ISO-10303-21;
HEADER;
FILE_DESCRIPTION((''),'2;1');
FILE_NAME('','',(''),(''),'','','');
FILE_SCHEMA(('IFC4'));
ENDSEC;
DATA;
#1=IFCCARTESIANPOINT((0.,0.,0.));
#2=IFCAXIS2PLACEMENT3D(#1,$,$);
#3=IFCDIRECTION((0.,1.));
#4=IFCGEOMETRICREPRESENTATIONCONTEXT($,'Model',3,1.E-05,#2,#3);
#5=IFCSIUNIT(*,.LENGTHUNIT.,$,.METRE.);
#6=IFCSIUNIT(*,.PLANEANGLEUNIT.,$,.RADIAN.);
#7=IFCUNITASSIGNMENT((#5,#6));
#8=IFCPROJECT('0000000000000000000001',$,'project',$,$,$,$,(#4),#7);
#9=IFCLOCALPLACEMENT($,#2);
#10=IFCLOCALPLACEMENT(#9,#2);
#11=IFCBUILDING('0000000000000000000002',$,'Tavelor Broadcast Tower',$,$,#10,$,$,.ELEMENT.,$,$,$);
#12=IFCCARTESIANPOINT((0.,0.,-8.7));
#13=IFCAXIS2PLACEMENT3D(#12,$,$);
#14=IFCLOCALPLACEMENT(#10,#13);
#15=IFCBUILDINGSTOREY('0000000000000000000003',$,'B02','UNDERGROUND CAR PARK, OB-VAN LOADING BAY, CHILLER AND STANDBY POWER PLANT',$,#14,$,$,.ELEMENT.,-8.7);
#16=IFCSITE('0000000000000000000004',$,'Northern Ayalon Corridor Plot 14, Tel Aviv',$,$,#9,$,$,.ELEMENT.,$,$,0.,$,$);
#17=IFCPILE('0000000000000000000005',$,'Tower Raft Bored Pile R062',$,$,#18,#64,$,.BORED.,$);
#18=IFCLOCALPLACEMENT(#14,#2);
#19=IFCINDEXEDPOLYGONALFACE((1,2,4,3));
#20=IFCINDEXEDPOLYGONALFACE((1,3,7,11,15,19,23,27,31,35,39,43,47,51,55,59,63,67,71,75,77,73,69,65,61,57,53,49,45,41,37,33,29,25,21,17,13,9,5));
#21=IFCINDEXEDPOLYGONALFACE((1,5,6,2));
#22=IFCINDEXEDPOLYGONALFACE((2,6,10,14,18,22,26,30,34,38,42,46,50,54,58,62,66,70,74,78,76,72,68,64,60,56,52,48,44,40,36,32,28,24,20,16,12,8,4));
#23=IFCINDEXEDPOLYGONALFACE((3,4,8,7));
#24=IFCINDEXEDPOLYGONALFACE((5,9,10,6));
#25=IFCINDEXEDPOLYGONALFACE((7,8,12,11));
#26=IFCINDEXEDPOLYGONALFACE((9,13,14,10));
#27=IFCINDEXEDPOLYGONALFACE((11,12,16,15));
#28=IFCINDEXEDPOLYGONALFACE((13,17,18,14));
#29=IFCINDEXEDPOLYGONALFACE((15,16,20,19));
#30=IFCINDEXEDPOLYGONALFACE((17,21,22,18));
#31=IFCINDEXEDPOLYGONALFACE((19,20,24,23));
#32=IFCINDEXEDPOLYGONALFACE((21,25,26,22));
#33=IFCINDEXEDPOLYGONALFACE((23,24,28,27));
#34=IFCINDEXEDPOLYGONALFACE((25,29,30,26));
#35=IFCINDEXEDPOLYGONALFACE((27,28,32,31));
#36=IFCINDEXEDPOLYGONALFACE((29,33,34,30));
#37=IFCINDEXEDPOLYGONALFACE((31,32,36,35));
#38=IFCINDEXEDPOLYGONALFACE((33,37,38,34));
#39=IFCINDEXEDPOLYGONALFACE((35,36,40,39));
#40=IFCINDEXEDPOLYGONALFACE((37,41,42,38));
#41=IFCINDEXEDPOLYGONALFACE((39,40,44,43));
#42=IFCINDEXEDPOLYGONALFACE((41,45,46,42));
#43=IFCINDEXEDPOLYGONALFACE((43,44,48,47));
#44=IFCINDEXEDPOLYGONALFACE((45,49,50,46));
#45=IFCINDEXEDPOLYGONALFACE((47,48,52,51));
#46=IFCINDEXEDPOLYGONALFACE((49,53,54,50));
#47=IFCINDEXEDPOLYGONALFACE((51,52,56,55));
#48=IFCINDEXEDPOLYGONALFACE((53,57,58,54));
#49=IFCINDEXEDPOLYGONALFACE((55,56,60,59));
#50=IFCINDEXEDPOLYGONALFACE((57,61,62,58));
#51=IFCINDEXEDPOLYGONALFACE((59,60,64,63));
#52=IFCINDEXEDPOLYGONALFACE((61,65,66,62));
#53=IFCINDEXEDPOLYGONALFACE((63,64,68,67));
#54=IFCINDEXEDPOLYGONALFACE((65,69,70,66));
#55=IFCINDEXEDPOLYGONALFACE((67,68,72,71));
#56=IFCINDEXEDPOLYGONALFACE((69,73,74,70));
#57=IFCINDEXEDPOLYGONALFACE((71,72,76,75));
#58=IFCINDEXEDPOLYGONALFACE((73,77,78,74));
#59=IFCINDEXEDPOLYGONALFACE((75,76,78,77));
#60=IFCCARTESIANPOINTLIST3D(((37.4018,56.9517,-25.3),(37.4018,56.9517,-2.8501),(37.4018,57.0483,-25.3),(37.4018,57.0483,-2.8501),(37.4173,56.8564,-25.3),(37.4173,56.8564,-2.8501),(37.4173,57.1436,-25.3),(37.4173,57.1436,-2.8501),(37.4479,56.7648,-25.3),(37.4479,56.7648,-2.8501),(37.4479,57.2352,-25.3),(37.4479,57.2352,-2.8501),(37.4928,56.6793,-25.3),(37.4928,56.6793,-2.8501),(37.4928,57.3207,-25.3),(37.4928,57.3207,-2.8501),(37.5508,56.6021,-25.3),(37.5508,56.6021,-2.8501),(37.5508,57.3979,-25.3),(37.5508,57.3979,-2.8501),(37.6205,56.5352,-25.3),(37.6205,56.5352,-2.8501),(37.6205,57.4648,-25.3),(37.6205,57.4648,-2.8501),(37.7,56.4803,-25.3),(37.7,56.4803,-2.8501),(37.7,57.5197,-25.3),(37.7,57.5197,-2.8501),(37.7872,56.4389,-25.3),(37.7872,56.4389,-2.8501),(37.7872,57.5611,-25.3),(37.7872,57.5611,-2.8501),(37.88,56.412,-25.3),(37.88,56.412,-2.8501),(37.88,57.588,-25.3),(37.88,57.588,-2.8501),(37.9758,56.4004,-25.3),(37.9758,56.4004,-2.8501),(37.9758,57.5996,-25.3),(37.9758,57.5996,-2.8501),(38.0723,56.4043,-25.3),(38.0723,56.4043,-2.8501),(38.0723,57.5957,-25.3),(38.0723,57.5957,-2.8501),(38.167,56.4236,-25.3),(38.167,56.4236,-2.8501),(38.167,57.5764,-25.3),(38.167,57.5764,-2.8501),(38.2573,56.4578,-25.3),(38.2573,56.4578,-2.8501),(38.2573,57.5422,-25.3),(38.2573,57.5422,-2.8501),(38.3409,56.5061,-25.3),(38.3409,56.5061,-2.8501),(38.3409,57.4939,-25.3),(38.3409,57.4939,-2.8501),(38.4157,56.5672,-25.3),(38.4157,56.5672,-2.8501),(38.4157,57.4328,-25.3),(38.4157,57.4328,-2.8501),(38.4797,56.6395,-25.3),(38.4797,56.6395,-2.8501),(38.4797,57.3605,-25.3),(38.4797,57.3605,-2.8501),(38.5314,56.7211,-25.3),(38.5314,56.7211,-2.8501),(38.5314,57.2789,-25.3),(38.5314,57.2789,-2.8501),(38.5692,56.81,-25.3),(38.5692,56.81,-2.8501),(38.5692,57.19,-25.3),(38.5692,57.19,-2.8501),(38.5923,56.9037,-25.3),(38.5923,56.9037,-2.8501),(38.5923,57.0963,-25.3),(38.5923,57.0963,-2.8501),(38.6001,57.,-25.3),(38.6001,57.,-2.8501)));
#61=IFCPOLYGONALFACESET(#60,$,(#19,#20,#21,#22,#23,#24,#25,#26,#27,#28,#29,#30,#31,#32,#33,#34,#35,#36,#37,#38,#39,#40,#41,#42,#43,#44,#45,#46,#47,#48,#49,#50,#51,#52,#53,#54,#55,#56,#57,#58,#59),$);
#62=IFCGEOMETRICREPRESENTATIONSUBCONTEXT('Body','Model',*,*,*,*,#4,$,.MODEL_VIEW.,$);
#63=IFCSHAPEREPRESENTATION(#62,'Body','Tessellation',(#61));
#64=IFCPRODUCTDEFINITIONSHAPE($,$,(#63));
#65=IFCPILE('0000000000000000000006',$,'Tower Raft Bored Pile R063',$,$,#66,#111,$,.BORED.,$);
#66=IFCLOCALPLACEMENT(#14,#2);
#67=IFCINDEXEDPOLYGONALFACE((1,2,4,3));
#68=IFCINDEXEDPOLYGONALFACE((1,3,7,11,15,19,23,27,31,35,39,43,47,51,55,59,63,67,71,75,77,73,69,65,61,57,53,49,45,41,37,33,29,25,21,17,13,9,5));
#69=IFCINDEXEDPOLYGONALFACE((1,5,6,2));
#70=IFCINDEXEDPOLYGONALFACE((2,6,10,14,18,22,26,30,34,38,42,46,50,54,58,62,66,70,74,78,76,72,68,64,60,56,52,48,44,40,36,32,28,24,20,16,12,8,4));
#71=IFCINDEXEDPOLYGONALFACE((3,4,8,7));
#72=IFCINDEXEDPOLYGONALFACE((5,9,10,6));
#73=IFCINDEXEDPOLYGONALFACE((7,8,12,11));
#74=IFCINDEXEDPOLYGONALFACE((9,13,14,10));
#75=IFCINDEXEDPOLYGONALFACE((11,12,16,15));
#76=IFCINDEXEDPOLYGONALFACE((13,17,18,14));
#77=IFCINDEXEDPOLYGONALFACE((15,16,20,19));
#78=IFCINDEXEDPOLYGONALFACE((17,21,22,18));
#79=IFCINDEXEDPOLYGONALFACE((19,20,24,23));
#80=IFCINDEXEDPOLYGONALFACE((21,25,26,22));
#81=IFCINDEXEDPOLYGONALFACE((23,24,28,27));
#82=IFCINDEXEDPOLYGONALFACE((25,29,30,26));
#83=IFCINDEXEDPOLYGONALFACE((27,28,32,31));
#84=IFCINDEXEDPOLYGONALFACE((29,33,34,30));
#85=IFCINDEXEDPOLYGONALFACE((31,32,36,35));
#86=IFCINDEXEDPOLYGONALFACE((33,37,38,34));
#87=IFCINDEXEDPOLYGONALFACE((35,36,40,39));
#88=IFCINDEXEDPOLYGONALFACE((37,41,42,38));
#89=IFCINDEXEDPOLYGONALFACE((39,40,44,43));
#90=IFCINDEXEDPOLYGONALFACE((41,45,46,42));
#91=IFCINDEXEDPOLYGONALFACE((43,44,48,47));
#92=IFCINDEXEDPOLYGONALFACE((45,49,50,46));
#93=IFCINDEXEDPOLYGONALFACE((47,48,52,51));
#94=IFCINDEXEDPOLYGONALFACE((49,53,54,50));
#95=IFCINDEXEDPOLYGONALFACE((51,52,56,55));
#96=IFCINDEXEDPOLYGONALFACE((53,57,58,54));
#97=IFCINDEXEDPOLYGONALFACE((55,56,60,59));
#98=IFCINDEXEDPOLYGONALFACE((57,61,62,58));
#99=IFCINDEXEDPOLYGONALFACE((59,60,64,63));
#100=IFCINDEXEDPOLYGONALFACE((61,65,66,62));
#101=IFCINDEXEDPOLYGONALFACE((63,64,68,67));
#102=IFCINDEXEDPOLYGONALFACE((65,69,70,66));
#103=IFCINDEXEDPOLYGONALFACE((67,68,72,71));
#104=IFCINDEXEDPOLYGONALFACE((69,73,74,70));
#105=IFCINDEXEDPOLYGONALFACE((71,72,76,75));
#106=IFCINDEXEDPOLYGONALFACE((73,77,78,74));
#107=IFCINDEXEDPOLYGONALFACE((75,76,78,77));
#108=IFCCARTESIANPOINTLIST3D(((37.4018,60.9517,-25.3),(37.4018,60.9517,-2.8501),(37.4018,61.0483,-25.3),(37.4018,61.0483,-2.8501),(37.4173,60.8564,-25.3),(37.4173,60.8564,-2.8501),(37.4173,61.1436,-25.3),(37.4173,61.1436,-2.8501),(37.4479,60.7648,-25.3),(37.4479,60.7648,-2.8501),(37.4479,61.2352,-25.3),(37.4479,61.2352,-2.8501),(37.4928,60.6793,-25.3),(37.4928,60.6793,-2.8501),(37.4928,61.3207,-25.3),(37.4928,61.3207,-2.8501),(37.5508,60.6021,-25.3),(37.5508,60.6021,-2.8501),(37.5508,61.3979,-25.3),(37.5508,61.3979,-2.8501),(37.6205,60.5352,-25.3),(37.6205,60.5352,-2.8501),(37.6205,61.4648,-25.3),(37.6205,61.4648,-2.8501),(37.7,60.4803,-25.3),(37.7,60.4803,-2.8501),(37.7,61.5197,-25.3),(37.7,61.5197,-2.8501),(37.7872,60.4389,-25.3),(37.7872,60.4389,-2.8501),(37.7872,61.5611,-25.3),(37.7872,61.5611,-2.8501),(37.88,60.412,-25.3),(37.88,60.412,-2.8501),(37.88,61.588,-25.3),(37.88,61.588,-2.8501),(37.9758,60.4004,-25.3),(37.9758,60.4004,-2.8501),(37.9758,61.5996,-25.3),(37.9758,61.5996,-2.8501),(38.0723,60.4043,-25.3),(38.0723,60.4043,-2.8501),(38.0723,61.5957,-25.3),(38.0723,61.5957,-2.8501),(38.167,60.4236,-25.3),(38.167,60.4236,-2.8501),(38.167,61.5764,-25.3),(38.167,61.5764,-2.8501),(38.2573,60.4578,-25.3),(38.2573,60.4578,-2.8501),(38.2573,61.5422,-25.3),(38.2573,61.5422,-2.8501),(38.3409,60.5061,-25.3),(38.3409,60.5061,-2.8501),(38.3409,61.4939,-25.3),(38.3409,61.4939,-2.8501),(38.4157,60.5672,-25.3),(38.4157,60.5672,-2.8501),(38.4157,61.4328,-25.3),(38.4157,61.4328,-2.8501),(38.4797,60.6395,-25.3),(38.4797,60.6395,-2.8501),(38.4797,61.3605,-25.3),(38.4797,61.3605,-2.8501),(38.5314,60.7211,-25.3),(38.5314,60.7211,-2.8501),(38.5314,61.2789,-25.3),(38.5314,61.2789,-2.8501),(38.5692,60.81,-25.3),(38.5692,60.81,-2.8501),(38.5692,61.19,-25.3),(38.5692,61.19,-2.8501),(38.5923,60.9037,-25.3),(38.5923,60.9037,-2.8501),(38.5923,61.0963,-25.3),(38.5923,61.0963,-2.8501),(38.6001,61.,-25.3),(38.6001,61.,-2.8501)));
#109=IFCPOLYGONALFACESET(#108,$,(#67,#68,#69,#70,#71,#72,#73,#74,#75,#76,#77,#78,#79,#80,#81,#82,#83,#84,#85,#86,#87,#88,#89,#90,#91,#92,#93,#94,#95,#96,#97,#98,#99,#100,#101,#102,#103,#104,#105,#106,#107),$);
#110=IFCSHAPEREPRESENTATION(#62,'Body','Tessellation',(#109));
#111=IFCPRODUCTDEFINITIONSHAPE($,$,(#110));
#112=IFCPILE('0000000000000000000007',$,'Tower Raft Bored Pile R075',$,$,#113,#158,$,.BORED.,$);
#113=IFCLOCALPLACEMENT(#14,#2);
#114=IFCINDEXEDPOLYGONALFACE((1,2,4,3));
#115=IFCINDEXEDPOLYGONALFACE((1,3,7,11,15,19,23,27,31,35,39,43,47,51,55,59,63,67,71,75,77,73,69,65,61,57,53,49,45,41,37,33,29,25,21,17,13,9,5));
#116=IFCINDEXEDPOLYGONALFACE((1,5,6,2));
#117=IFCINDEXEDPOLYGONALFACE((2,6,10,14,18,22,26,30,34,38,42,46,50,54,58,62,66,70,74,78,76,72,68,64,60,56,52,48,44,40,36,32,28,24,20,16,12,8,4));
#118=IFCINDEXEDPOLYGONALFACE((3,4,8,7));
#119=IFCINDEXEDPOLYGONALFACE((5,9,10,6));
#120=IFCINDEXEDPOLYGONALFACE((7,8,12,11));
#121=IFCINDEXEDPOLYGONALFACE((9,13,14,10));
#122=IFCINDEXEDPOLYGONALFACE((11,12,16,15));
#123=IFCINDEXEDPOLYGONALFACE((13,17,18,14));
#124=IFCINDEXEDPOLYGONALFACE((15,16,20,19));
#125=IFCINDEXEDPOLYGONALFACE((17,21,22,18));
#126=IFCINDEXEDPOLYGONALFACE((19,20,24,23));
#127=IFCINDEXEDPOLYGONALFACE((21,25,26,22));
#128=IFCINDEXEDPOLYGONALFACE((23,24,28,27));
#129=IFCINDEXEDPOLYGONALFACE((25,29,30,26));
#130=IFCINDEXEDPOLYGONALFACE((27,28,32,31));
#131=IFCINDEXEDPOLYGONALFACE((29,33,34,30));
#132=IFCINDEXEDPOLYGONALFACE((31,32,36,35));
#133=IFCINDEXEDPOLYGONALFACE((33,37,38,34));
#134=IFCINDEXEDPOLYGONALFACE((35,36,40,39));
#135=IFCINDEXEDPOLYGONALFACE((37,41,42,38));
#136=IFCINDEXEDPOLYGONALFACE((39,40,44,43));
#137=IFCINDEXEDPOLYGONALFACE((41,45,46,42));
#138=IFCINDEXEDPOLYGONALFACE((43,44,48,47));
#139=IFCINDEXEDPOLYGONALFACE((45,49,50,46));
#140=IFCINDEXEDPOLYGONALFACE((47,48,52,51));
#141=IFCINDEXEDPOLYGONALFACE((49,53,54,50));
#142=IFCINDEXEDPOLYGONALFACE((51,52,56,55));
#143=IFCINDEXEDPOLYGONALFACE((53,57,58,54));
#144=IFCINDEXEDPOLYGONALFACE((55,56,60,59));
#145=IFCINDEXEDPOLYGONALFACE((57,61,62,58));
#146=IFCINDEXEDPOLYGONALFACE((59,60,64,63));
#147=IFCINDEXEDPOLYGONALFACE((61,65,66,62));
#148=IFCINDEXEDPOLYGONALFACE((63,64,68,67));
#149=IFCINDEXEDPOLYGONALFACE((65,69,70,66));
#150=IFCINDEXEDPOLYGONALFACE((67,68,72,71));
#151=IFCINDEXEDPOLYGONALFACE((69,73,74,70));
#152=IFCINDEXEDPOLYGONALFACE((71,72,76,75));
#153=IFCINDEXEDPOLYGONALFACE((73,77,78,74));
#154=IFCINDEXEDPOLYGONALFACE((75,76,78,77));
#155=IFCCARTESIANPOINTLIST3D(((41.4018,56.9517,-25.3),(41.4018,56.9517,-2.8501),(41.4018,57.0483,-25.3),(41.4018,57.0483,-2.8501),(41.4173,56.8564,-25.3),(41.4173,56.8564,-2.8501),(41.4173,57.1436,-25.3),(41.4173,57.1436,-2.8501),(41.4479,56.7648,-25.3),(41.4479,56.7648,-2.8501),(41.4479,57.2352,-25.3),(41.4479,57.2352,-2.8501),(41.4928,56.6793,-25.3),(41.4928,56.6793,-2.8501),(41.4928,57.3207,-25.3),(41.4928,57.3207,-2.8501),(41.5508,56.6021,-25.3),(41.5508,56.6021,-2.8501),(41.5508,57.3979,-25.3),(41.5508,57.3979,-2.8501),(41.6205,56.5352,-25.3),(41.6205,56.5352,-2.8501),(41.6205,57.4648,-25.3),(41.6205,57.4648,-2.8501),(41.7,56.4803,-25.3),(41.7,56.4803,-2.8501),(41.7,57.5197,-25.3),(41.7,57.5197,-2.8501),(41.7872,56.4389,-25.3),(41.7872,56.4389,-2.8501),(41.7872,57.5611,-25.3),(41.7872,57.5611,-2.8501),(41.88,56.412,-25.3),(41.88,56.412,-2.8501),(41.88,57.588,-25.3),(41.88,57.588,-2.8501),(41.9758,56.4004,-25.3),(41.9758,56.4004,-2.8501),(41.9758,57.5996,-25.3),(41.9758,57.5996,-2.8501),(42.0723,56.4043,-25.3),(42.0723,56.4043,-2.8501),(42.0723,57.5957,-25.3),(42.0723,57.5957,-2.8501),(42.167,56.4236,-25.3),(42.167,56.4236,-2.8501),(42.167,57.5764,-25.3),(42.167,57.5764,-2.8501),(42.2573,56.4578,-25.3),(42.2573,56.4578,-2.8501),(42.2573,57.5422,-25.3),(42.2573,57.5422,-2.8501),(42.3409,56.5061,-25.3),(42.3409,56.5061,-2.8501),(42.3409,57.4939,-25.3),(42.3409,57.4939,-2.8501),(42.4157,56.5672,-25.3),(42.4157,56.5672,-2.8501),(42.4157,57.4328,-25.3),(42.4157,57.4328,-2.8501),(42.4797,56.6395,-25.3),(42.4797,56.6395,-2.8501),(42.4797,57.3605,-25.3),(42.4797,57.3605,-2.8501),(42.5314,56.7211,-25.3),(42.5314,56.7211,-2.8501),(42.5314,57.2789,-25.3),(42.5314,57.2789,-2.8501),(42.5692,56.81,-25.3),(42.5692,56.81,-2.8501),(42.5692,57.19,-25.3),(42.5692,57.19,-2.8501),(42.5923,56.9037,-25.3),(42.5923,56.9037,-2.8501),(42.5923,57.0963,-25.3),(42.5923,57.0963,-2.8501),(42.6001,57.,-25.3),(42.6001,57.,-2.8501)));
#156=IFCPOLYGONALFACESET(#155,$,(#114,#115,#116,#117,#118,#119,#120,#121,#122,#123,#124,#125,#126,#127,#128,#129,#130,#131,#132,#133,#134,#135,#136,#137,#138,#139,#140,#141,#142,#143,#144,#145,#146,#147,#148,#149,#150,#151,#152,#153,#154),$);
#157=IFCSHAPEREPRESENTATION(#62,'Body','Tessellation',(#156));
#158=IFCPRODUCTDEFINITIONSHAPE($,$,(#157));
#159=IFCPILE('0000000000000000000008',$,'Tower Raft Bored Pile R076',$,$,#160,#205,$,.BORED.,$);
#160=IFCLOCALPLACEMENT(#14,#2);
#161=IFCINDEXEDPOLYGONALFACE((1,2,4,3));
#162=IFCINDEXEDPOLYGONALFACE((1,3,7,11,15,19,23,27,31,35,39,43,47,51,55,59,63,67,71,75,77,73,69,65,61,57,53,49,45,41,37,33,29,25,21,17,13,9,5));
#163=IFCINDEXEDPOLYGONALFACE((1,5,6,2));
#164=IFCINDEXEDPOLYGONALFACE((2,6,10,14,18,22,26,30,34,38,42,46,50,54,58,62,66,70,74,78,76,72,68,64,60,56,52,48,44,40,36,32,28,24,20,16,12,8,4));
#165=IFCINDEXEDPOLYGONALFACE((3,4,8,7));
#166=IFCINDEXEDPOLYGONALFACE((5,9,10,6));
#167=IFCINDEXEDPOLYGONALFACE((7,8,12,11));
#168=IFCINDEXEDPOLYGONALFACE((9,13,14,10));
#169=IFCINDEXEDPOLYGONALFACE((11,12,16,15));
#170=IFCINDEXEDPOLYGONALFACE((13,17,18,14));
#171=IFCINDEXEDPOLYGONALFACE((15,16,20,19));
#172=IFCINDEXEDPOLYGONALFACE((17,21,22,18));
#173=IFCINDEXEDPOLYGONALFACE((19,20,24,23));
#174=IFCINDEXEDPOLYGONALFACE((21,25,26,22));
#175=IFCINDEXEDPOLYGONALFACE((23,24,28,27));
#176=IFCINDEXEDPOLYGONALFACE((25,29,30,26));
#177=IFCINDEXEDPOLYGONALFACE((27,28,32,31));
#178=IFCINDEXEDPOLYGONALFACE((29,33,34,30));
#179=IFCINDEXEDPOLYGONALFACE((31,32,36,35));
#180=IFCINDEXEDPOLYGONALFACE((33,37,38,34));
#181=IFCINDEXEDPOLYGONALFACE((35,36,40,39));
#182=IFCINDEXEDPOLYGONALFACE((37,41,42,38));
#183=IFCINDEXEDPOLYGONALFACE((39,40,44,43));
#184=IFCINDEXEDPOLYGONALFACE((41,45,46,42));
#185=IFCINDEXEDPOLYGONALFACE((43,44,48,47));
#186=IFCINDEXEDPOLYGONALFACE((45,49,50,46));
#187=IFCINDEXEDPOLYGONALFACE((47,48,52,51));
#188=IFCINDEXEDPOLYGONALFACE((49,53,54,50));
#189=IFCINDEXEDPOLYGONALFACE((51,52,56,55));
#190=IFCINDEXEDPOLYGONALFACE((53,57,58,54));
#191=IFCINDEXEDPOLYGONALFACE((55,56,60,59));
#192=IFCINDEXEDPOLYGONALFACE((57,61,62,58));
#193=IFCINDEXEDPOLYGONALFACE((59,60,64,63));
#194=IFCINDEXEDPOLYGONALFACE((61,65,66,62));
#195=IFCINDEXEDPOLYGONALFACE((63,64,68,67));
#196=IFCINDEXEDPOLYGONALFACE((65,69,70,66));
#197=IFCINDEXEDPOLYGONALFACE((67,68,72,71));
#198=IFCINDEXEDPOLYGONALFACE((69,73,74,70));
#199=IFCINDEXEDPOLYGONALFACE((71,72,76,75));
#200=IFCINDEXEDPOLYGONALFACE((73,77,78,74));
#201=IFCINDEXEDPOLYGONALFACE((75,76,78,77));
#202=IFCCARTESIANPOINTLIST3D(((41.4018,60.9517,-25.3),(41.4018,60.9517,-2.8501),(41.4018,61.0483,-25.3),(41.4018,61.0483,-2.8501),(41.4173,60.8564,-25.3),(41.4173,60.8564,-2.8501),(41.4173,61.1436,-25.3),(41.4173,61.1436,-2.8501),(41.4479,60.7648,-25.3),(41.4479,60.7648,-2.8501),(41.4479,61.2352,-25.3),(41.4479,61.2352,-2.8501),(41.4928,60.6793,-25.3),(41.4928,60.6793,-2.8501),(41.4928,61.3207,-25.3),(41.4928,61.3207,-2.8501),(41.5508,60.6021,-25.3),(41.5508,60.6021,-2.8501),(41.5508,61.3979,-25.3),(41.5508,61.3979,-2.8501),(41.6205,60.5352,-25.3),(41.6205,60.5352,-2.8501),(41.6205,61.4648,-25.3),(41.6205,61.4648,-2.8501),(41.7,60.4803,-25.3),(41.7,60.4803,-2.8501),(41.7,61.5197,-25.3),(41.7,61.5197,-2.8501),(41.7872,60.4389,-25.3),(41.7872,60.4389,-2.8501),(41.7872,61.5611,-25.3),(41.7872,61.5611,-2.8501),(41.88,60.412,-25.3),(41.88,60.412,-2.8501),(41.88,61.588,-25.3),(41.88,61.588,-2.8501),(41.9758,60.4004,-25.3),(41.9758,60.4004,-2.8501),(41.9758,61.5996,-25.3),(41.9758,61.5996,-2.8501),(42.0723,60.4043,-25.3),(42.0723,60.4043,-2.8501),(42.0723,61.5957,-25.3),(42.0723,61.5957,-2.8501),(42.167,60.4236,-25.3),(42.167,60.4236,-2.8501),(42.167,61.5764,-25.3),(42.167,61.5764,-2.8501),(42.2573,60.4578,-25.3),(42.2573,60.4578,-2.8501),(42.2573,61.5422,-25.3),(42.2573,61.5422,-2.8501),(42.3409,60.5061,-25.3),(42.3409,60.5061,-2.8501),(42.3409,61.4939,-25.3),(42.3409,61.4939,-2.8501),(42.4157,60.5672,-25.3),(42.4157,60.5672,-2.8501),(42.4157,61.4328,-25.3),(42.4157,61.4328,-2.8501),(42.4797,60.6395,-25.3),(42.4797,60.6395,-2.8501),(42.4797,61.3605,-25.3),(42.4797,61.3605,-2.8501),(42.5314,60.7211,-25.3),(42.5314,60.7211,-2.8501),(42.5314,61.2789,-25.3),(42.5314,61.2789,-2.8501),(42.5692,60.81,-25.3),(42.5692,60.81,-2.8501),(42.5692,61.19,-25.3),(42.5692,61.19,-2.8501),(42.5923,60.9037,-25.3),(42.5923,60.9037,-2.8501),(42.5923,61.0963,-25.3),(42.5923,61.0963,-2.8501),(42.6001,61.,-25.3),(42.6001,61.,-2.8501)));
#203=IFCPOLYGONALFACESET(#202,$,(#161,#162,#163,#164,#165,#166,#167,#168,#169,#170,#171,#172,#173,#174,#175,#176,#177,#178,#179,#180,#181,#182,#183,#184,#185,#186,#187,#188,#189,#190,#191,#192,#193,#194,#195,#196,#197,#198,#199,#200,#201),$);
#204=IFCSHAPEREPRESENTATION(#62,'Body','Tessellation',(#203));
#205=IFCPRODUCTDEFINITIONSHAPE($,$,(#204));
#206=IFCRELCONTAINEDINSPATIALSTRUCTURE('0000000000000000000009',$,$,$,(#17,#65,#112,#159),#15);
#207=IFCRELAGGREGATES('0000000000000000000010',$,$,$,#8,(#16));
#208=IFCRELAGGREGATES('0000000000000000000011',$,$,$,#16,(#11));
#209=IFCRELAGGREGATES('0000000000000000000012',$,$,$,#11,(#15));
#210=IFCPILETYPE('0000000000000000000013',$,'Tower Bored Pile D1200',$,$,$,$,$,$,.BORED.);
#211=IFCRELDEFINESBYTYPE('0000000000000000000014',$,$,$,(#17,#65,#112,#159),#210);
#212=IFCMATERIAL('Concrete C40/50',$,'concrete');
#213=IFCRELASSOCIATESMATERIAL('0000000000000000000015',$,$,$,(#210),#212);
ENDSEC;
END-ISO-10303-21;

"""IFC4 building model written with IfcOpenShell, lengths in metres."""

from ifc_helpers import new_model, si_unit, direction, frame, origin, origin_2d, place, context, subcontext, project, spatial, circle, extrude, material, material_profile, profile_set, type_object, element, save


model = new_model("IFC4")

# Units and contexts
model_context = context("Model", 3, precision=1e-05, world=origin(), true_north=direction((0.0, 1.0)))
body_context = subcontext(model_context, "Body", "Model", "MODEL_VIEW")
ifc_project = project(units=[si_unit("LENGTHUNIT", "METRE"), si_unit("PLANEANGLEUNIT", "RADIAN")], contexts=[model_context])

# Site, building, storey
site_placement = place(None, origin())
site = spatial("IfcSite", under=ifc_project, at=site_placement, Name="Northern Ayalon Corridor Plot 14, Tel Aviv", CompositionType="ELEMENT", RefElevation=0.0)
building_placement = place(site_placement, origin())
building = spatial("IfcBuilding", under=site, at=building_placement, Name="Tavelor Broadcast Tower", CompositionType="ELEMENT")
storey_placement = place(building_placement, frame((0.0, 0.0, -8.7)))
storey = spatial("IfcBuildingStorey", under=building, at=storey_placement, Name="B02", Description="UNDERGROUND CAR PARK, OB-VAN LOADING BAY, CHILLER AND STANDBY POWER PLANT", CompositionType="ELEMENT", Elevation=-8.7)

# Piles
ifc_material_1 = material(Name="Concrete C40/50", Category="concrete")
ifc_material_profile_1 = material_profile(ifc_material_1, circle(Radius=0.6001, at=origin_2d()), Name="PILE D1200")
ifc_profile_set_1 = profile_set([ifc_material_profile_1], Name="Concrete C40/50")
pile_type = type_object("IfcPileType", Name="Tower Bored Pile D1200", PredefinedType="BORED", material=ifc_profile_set_1)
for number, where, z_axis, x_axis, name in (
    (1, (38.0, 57.0, -2.8501), (0.0, 0.0, -1.0), (1.0, 0.0, 0.0), "Tower Raft Bored Pile R062"),
    (2, (38.0, 61.0, -2.8501), (0.0, 0.0, -1.0), (1.0, 0.0, 0.0), "Tower Raft Bored Pile R063"),
    (3, (42.0, 57.0, -2.8501), (0.0, 0.0, -1.0), (1.0, 0.0, 0.0), "Tower Raft Bored Pile R075"),
    (4, (42.0, 61.0, -2.8501), (0.0, 0.0, -1.0), (1.0, 0.0, 0.0), "Tower Raft Bored Pile R076"),
):
    element("IfcPile", number, at=place(storey_placement, frame(where, z_axis=z_axis, x_axis=x_axis)), inside=storey, type_object=pile_type, Name=name, PredefinedType="BORED", context=body_context, shape_type="SweptSolid", body=[
        extrude(circle(Radius=0.6001, at=origin_2d()), origin(), (0.0, 0.0, 1.0), 22.45),
    ])

save(model, "model.ifc")
